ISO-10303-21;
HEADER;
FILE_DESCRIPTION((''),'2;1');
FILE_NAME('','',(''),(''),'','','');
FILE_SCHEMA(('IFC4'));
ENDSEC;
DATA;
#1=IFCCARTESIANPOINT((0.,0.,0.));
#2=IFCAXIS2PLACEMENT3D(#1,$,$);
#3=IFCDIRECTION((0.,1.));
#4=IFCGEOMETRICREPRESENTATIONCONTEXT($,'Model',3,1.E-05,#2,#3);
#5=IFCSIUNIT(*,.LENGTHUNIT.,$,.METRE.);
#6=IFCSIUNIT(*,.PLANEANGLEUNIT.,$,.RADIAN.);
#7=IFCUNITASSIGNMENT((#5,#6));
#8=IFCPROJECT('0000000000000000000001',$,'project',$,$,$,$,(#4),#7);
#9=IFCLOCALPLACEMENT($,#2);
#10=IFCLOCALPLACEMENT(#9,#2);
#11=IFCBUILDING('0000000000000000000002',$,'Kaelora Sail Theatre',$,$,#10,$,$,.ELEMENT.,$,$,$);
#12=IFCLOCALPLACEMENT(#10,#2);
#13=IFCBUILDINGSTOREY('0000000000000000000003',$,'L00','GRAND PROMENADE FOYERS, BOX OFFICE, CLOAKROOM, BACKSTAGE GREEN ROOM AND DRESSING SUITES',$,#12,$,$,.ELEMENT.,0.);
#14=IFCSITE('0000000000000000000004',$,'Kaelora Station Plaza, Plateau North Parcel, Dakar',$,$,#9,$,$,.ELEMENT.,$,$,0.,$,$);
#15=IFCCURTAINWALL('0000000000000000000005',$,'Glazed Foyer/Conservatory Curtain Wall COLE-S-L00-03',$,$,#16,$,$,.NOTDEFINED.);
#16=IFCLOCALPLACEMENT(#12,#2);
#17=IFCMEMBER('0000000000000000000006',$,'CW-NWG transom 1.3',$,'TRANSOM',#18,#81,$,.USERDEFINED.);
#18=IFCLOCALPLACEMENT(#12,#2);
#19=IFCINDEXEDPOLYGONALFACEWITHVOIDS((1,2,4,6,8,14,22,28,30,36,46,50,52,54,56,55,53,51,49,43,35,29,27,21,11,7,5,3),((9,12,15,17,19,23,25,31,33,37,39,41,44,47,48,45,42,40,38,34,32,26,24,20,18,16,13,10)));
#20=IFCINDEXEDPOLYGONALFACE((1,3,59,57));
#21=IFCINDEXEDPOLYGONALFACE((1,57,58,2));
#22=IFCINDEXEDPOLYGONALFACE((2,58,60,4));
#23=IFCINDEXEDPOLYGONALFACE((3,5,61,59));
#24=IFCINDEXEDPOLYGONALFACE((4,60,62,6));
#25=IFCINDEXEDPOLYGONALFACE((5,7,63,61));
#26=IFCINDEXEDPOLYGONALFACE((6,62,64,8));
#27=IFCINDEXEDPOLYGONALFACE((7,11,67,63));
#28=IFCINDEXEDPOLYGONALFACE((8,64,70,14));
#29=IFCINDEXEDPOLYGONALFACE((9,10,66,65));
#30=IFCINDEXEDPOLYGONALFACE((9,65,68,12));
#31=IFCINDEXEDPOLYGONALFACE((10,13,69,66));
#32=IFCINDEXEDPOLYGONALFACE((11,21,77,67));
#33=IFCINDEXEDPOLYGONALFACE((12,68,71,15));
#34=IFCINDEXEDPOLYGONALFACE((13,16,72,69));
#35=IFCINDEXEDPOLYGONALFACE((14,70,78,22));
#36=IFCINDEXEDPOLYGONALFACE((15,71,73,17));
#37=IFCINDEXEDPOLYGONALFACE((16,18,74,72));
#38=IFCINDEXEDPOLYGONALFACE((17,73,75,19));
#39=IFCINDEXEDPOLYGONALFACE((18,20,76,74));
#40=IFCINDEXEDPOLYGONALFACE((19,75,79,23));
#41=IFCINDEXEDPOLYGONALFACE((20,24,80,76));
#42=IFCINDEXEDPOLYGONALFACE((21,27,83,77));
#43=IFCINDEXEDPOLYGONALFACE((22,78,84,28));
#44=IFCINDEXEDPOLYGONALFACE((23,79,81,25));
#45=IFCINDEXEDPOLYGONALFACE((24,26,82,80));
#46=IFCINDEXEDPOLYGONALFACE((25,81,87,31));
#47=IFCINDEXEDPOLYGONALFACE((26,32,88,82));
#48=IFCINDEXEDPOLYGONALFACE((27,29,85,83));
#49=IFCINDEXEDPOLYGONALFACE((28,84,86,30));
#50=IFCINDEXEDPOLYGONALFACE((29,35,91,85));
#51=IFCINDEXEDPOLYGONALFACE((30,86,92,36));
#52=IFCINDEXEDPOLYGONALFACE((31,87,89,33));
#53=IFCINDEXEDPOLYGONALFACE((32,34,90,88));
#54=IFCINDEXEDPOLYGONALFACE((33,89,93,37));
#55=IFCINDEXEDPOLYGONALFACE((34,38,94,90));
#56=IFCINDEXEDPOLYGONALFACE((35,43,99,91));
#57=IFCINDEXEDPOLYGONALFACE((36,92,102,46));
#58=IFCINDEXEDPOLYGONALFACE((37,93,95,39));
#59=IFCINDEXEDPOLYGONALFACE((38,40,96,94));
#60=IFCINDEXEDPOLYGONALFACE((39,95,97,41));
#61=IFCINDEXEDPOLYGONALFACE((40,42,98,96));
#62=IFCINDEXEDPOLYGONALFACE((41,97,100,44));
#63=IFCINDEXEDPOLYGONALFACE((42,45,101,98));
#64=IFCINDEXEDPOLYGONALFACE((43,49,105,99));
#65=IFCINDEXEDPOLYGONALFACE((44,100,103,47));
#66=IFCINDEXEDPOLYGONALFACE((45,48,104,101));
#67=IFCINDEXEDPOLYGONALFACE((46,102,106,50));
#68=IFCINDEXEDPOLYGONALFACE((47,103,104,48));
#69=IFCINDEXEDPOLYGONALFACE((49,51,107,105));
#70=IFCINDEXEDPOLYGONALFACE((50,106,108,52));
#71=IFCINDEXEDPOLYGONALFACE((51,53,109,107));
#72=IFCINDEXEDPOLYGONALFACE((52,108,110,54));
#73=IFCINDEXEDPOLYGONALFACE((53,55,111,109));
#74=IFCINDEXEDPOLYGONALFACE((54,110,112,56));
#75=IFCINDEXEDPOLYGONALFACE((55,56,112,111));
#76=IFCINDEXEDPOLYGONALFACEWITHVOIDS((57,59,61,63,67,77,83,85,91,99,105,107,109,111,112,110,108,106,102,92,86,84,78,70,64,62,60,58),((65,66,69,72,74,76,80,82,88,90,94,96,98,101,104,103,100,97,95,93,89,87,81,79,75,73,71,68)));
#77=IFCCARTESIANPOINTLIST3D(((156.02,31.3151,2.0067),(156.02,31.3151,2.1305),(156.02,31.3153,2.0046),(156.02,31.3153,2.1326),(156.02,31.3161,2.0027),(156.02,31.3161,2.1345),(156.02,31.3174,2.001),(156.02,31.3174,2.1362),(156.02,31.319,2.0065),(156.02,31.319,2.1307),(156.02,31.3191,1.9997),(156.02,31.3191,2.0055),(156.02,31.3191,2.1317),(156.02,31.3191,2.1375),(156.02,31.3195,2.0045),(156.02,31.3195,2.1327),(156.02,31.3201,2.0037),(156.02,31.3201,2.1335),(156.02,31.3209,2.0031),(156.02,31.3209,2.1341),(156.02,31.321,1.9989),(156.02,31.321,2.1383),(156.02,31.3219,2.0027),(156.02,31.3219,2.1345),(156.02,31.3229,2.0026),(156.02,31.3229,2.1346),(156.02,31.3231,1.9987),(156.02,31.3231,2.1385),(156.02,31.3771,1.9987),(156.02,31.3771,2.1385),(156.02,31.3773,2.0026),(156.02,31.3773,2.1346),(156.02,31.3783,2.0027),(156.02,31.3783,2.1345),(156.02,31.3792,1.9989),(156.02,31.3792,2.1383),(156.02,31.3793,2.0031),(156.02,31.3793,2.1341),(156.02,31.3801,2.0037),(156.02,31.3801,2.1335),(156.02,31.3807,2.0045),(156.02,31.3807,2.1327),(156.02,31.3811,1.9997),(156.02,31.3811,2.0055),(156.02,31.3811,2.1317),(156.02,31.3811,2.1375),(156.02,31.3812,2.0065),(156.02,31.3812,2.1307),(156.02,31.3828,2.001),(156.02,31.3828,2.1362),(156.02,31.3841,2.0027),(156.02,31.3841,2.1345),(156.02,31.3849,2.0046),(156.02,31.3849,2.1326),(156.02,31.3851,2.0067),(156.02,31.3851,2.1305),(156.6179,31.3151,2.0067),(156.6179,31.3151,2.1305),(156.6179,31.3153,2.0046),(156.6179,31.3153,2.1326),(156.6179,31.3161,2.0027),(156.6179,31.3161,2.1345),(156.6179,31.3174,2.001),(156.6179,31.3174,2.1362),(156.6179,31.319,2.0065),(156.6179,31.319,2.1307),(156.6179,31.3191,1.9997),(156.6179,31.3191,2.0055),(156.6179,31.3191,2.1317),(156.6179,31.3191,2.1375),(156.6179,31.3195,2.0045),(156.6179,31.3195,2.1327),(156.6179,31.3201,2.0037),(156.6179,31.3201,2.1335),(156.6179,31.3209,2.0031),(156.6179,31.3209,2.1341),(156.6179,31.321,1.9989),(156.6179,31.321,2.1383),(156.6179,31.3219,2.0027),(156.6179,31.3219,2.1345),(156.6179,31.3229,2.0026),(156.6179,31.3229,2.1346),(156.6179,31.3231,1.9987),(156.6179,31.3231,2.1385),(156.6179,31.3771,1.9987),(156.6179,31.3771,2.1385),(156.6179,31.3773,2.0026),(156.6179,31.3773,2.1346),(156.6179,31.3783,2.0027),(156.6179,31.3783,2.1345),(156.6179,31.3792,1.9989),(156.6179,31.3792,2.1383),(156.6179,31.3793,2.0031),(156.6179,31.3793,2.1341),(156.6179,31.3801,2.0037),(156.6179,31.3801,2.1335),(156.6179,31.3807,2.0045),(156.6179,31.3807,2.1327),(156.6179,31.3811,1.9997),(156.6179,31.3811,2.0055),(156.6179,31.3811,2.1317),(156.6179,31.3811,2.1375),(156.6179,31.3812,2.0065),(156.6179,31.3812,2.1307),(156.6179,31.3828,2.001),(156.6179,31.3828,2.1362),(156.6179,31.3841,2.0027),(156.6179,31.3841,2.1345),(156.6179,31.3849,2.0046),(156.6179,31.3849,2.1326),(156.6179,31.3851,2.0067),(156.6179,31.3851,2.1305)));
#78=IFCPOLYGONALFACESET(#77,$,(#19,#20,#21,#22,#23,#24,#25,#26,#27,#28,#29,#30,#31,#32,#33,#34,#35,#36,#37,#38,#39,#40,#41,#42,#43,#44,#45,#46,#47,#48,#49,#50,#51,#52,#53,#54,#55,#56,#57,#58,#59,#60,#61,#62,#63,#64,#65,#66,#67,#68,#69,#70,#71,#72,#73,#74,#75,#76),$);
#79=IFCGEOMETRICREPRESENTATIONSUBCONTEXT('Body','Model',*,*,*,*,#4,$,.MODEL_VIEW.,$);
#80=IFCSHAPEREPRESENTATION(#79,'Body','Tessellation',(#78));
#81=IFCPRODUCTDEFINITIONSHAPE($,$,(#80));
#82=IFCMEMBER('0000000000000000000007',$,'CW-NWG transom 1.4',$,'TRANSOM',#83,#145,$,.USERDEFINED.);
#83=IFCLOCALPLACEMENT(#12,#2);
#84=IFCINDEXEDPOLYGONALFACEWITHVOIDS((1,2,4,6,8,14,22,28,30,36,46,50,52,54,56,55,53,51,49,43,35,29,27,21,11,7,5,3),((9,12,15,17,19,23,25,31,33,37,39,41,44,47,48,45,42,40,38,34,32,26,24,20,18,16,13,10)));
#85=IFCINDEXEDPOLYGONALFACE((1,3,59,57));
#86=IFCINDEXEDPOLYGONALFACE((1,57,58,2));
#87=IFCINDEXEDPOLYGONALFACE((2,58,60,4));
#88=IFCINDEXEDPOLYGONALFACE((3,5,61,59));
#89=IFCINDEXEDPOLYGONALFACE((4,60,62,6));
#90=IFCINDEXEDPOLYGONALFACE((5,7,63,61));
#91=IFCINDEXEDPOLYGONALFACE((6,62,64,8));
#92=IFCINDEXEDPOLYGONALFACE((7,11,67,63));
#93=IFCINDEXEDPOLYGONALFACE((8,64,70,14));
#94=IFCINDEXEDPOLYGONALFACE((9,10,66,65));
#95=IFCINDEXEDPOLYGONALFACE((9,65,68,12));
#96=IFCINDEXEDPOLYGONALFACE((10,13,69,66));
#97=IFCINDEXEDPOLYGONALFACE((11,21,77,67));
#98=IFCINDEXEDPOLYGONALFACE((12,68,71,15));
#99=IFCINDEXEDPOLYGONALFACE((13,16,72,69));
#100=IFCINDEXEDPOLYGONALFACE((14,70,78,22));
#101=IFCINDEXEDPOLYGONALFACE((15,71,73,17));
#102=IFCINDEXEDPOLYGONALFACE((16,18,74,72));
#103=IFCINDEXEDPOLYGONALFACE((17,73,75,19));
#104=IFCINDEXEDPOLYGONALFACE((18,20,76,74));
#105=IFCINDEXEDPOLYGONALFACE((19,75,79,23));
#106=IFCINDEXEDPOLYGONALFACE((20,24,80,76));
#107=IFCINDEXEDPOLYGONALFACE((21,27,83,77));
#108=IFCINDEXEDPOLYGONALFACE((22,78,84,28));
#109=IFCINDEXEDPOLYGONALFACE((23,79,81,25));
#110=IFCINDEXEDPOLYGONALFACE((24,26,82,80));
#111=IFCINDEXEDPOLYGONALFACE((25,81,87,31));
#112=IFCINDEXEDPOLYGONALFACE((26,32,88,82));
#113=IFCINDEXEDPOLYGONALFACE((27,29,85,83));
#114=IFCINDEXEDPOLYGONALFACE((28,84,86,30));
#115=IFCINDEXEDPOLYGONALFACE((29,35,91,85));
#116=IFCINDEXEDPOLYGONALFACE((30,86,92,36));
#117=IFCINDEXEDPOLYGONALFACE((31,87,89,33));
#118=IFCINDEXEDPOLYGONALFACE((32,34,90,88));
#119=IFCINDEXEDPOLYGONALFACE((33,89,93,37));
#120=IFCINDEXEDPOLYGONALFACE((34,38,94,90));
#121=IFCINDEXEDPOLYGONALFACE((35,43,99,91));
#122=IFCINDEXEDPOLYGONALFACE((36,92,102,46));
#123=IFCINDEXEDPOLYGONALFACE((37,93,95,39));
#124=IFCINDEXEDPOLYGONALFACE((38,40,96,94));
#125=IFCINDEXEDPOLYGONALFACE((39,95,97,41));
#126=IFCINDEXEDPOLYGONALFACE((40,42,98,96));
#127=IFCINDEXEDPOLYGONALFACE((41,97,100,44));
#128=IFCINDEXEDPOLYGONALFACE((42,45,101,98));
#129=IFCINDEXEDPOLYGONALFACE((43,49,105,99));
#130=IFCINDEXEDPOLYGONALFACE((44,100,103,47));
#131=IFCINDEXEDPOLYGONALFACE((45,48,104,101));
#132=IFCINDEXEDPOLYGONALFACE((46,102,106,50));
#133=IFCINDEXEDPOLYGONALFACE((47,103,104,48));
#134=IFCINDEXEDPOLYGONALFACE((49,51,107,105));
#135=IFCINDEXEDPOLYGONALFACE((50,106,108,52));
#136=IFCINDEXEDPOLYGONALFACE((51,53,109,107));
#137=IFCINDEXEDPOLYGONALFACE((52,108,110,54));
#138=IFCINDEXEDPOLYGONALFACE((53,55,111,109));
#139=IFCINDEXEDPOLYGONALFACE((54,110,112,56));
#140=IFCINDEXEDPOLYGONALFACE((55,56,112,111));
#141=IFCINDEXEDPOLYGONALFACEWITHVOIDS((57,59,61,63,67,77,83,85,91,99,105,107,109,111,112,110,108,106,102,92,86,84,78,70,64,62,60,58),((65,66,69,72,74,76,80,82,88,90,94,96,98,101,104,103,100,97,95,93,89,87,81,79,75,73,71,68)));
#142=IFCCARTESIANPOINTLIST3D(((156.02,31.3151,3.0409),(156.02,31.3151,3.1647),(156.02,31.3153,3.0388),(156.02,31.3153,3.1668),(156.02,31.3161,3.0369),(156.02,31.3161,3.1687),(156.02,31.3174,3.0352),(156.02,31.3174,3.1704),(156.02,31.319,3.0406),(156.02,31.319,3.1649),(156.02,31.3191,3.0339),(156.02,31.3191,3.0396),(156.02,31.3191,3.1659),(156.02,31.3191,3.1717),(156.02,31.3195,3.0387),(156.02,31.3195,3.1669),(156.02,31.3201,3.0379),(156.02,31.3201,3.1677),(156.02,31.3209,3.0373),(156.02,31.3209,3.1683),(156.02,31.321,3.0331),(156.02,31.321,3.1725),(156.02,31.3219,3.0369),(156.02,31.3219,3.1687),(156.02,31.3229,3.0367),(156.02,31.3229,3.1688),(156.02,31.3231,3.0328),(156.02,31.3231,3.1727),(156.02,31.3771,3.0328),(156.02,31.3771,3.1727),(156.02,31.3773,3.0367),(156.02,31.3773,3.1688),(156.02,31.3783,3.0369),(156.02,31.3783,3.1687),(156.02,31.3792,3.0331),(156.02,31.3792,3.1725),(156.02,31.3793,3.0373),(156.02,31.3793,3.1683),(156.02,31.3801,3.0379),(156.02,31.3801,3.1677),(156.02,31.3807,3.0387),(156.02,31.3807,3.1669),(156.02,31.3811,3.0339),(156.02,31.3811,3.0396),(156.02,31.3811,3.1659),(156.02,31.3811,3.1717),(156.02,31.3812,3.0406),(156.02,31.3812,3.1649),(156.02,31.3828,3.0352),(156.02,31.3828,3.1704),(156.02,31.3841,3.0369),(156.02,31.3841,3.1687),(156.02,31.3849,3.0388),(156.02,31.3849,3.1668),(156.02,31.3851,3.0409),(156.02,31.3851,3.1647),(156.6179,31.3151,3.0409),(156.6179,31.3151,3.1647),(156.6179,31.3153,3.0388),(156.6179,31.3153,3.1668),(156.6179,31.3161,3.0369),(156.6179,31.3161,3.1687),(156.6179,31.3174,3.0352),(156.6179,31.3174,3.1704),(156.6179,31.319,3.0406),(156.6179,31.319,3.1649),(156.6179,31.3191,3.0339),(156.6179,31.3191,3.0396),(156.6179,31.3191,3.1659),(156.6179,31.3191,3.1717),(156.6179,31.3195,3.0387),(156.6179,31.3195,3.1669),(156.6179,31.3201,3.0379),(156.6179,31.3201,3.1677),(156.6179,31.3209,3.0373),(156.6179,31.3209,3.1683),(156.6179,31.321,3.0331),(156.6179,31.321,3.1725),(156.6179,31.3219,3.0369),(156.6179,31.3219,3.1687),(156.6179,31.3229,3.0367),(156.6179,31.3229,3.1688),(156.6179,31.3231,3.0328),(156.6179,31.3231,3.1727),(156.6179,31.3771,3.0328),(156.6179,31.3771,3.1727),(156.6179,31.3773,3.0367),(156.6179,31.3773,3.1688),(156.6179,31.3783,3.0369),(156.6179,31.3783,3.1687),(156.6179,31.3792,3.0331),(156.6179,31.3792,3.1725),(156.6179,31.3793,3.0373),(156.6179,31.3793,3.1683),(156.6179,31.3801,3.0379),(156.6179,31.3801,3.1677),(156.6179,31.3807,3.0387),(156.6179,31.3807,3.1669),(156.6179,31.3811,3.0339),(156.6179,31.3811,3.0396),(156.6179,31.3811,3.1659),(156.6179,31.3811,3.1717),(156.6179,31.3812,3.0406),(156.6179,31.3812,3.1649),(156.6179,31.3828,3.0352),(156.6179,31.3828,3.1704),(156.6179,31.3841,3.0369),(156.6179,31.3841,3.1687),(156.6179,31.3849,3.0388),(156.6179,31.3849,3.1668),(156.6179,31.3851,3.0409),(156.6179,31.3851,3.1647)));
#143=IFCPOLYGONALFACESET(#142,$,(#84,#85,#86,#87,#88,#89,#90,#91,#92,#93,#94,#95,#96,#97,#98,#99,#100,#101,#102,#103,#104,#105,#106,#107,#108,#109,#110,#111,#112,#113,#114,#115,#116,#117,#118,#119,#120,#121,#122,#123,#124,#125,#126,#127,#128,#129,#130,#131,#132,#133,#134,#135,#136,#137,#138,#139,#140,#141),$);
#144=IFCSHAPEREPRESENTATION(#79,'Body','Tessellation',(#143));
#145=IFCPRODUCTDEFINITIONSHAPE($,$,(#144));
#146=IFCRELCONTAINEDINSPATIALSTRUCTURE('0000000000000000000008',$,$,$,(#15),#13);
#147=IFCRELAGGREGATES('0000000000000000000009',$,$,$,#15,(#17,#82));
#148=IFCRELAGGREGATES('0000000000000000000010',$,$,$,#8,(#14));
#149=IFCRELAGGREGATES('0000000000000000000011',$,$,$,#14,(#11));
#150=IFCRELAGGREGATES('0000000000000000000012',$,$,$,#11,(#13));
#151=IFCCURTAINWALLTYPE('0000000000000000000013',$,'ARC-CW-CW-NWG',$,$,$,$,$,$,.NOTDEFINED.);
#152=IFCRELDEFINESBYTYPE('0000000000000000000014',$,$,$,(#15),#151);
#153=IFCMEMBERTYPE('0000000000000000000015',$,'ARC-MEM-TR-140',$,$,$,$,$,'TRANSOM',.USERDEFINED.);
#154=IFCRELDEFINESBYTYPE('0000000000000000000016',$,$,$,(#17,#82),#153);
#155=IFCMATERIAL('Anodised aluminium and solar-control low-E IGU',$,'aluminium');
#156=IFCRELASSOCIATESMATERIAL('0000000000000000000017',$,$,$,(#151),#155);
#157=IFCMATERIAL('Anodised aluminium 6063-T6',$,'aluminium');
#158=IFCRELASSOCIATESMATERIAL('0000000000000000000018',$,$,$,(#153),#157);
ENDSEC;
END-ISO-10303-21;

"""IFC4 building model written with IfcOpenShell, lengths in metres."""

from ifc_helpers import new_model, si_unit, direction, frame, origin, origin_2d, place, context, subcontext, project, spatial, hollow_rectangle, extrude, material, material_profile, profile_set, type_object, element, aggregate, save


model = new_model("IFC4")

# Units and contexts
model_context = context("Model", 3, precision=1e-05, world=origin(), true_north=direction((0.0, 1.0)))
body_context = subcontext(model_context, "Body", "Model", "MODEL_VIEW")
ifc_project = project(units=[si_unit("LENGTHUNIT", "METRE"), si_unit("PLANEANGLEUNIT", "RADIAN")], contexts=[model_context])

# Site, building, storey
site_placement = place(None, origin())
site = spatial("IfcSite", under=ifc_project, at=site_placement, Name="Kaelora Station Plaza, Plateau North Parcel, Dakar", CompositionType="ELEMENT", RefElevation=0.0)
building_placement = place(site_placement, origin())
building = spatial("IfcBuilding", under=site, at=building_placement, Name="Kaelora Sail Theatre", CompositionType="ELEMENT")
storey_placement = place(building_placement, origin())
storey = spatial("IfcBuildingStorey", under=building, at=storey_placement, Name="L00", Description="GRAND PROMENADE FOYERS, BOX OFFICE, CLOAKROOM, BACKSTAGE GREEN ROOM AND DRESSING SUITES", CompositionType="ELEMENT", Elevation=0.0)

# Curtain wall, members
ifc_material_1 = material(Name="Anodised aluminium and solar-control low-E IGU", Category="aluminium")
curtain_wall_type = type_object("IfcCurtainWallType", Name="ARC-CW-CW-NWG", PredefinedType="NOTDEFINED", material=ifc_material_1)
curtain_wall_1_placement = place(storey_placement, origin())
curtain_wall_1 = element("IfcCurtainWall", 1, at=curtain_wall_1_placement, inside=storey, type_object=curtain_wall_type, Name="Glazed Foyer/Conservatory Curtain Wall COLE-S-L00-03", PredefinedType="NOTDEFINED")
ifc_material_2 = material(Name="Anodised aluminium 6063-T6", Category="aluminium")
ifc_material_profile = material_profile(ifc_material_2, hollow_rectangle(XDim=0.0701, YDim=0.1399, WallThickness=0.0039, InnerFilletRadius=0.0039, OuterFilletRadius=0.0081, at=origin_2d()), Name="ALU-TRAN 70x140x4")
ifc_profile_set = profile_set([ifc_material_profile], Name="Anodised aluminium 6063-T6")
member_type = type_object("IfcMemberType", Name="ARC-MEM-TR-140", ElementType="TRANSOM", PredefinedType="USERDEFINED", material=ifc_profile_set)
member_1_placement = place(storey_placement, frame((156.02, 31.3501, 2.0686), z_axis=(1.0, 0.0, 0.0), x_axis=(0.0, 1.0, 0.0)))
member_1 = element("IfcMember", 2, at=member_1_placement, type_object=member_type, Name="CW-NWG transom 1.3", ObjectType="TRANSOM", PredefinedType="USERDEFINED", context=body_context, shape_type="SweptSolid", body=[
    extrude(hollow_rectangle(XDim=0.0701, YDim=0.1399, WallThickness=0.0039, InnerFilletRadius=0.0039, OuterFilletRadius=0.0081, at=origin_2d()), origin(), (0.0, 0.0, 1.0), 0.5979),
])
member_2_placement = place(storey_placement, frame((156.02, 31.3501, 3.1028), z_axis=(1.0, 0.0, 0.0), x_axis=(0.0, 1.0, 0.0)))
member_2 = element("IfcMember", 3, at=member_2_placement, type_object=member_type, Name="CW-NWG transom 1.4", ObjectType="TRANSOM", PredefinedType="USERDEFINED", context=body_context, shape_type="SweptSolid", body=[
    extrude(hollow_rectangle(XDim=0.0701, YDim=0.1399, WallThickness=0.0039, InnerFilletRadius=0.0039, OuterFilletRadius=0.0081, at=origin_2d()), origin(), (0.0, 0.0, 1.0), 0.5979),
])

aggregate(curtain_wall_1, [member_1, member_2])

save(model, "model.ifc")
